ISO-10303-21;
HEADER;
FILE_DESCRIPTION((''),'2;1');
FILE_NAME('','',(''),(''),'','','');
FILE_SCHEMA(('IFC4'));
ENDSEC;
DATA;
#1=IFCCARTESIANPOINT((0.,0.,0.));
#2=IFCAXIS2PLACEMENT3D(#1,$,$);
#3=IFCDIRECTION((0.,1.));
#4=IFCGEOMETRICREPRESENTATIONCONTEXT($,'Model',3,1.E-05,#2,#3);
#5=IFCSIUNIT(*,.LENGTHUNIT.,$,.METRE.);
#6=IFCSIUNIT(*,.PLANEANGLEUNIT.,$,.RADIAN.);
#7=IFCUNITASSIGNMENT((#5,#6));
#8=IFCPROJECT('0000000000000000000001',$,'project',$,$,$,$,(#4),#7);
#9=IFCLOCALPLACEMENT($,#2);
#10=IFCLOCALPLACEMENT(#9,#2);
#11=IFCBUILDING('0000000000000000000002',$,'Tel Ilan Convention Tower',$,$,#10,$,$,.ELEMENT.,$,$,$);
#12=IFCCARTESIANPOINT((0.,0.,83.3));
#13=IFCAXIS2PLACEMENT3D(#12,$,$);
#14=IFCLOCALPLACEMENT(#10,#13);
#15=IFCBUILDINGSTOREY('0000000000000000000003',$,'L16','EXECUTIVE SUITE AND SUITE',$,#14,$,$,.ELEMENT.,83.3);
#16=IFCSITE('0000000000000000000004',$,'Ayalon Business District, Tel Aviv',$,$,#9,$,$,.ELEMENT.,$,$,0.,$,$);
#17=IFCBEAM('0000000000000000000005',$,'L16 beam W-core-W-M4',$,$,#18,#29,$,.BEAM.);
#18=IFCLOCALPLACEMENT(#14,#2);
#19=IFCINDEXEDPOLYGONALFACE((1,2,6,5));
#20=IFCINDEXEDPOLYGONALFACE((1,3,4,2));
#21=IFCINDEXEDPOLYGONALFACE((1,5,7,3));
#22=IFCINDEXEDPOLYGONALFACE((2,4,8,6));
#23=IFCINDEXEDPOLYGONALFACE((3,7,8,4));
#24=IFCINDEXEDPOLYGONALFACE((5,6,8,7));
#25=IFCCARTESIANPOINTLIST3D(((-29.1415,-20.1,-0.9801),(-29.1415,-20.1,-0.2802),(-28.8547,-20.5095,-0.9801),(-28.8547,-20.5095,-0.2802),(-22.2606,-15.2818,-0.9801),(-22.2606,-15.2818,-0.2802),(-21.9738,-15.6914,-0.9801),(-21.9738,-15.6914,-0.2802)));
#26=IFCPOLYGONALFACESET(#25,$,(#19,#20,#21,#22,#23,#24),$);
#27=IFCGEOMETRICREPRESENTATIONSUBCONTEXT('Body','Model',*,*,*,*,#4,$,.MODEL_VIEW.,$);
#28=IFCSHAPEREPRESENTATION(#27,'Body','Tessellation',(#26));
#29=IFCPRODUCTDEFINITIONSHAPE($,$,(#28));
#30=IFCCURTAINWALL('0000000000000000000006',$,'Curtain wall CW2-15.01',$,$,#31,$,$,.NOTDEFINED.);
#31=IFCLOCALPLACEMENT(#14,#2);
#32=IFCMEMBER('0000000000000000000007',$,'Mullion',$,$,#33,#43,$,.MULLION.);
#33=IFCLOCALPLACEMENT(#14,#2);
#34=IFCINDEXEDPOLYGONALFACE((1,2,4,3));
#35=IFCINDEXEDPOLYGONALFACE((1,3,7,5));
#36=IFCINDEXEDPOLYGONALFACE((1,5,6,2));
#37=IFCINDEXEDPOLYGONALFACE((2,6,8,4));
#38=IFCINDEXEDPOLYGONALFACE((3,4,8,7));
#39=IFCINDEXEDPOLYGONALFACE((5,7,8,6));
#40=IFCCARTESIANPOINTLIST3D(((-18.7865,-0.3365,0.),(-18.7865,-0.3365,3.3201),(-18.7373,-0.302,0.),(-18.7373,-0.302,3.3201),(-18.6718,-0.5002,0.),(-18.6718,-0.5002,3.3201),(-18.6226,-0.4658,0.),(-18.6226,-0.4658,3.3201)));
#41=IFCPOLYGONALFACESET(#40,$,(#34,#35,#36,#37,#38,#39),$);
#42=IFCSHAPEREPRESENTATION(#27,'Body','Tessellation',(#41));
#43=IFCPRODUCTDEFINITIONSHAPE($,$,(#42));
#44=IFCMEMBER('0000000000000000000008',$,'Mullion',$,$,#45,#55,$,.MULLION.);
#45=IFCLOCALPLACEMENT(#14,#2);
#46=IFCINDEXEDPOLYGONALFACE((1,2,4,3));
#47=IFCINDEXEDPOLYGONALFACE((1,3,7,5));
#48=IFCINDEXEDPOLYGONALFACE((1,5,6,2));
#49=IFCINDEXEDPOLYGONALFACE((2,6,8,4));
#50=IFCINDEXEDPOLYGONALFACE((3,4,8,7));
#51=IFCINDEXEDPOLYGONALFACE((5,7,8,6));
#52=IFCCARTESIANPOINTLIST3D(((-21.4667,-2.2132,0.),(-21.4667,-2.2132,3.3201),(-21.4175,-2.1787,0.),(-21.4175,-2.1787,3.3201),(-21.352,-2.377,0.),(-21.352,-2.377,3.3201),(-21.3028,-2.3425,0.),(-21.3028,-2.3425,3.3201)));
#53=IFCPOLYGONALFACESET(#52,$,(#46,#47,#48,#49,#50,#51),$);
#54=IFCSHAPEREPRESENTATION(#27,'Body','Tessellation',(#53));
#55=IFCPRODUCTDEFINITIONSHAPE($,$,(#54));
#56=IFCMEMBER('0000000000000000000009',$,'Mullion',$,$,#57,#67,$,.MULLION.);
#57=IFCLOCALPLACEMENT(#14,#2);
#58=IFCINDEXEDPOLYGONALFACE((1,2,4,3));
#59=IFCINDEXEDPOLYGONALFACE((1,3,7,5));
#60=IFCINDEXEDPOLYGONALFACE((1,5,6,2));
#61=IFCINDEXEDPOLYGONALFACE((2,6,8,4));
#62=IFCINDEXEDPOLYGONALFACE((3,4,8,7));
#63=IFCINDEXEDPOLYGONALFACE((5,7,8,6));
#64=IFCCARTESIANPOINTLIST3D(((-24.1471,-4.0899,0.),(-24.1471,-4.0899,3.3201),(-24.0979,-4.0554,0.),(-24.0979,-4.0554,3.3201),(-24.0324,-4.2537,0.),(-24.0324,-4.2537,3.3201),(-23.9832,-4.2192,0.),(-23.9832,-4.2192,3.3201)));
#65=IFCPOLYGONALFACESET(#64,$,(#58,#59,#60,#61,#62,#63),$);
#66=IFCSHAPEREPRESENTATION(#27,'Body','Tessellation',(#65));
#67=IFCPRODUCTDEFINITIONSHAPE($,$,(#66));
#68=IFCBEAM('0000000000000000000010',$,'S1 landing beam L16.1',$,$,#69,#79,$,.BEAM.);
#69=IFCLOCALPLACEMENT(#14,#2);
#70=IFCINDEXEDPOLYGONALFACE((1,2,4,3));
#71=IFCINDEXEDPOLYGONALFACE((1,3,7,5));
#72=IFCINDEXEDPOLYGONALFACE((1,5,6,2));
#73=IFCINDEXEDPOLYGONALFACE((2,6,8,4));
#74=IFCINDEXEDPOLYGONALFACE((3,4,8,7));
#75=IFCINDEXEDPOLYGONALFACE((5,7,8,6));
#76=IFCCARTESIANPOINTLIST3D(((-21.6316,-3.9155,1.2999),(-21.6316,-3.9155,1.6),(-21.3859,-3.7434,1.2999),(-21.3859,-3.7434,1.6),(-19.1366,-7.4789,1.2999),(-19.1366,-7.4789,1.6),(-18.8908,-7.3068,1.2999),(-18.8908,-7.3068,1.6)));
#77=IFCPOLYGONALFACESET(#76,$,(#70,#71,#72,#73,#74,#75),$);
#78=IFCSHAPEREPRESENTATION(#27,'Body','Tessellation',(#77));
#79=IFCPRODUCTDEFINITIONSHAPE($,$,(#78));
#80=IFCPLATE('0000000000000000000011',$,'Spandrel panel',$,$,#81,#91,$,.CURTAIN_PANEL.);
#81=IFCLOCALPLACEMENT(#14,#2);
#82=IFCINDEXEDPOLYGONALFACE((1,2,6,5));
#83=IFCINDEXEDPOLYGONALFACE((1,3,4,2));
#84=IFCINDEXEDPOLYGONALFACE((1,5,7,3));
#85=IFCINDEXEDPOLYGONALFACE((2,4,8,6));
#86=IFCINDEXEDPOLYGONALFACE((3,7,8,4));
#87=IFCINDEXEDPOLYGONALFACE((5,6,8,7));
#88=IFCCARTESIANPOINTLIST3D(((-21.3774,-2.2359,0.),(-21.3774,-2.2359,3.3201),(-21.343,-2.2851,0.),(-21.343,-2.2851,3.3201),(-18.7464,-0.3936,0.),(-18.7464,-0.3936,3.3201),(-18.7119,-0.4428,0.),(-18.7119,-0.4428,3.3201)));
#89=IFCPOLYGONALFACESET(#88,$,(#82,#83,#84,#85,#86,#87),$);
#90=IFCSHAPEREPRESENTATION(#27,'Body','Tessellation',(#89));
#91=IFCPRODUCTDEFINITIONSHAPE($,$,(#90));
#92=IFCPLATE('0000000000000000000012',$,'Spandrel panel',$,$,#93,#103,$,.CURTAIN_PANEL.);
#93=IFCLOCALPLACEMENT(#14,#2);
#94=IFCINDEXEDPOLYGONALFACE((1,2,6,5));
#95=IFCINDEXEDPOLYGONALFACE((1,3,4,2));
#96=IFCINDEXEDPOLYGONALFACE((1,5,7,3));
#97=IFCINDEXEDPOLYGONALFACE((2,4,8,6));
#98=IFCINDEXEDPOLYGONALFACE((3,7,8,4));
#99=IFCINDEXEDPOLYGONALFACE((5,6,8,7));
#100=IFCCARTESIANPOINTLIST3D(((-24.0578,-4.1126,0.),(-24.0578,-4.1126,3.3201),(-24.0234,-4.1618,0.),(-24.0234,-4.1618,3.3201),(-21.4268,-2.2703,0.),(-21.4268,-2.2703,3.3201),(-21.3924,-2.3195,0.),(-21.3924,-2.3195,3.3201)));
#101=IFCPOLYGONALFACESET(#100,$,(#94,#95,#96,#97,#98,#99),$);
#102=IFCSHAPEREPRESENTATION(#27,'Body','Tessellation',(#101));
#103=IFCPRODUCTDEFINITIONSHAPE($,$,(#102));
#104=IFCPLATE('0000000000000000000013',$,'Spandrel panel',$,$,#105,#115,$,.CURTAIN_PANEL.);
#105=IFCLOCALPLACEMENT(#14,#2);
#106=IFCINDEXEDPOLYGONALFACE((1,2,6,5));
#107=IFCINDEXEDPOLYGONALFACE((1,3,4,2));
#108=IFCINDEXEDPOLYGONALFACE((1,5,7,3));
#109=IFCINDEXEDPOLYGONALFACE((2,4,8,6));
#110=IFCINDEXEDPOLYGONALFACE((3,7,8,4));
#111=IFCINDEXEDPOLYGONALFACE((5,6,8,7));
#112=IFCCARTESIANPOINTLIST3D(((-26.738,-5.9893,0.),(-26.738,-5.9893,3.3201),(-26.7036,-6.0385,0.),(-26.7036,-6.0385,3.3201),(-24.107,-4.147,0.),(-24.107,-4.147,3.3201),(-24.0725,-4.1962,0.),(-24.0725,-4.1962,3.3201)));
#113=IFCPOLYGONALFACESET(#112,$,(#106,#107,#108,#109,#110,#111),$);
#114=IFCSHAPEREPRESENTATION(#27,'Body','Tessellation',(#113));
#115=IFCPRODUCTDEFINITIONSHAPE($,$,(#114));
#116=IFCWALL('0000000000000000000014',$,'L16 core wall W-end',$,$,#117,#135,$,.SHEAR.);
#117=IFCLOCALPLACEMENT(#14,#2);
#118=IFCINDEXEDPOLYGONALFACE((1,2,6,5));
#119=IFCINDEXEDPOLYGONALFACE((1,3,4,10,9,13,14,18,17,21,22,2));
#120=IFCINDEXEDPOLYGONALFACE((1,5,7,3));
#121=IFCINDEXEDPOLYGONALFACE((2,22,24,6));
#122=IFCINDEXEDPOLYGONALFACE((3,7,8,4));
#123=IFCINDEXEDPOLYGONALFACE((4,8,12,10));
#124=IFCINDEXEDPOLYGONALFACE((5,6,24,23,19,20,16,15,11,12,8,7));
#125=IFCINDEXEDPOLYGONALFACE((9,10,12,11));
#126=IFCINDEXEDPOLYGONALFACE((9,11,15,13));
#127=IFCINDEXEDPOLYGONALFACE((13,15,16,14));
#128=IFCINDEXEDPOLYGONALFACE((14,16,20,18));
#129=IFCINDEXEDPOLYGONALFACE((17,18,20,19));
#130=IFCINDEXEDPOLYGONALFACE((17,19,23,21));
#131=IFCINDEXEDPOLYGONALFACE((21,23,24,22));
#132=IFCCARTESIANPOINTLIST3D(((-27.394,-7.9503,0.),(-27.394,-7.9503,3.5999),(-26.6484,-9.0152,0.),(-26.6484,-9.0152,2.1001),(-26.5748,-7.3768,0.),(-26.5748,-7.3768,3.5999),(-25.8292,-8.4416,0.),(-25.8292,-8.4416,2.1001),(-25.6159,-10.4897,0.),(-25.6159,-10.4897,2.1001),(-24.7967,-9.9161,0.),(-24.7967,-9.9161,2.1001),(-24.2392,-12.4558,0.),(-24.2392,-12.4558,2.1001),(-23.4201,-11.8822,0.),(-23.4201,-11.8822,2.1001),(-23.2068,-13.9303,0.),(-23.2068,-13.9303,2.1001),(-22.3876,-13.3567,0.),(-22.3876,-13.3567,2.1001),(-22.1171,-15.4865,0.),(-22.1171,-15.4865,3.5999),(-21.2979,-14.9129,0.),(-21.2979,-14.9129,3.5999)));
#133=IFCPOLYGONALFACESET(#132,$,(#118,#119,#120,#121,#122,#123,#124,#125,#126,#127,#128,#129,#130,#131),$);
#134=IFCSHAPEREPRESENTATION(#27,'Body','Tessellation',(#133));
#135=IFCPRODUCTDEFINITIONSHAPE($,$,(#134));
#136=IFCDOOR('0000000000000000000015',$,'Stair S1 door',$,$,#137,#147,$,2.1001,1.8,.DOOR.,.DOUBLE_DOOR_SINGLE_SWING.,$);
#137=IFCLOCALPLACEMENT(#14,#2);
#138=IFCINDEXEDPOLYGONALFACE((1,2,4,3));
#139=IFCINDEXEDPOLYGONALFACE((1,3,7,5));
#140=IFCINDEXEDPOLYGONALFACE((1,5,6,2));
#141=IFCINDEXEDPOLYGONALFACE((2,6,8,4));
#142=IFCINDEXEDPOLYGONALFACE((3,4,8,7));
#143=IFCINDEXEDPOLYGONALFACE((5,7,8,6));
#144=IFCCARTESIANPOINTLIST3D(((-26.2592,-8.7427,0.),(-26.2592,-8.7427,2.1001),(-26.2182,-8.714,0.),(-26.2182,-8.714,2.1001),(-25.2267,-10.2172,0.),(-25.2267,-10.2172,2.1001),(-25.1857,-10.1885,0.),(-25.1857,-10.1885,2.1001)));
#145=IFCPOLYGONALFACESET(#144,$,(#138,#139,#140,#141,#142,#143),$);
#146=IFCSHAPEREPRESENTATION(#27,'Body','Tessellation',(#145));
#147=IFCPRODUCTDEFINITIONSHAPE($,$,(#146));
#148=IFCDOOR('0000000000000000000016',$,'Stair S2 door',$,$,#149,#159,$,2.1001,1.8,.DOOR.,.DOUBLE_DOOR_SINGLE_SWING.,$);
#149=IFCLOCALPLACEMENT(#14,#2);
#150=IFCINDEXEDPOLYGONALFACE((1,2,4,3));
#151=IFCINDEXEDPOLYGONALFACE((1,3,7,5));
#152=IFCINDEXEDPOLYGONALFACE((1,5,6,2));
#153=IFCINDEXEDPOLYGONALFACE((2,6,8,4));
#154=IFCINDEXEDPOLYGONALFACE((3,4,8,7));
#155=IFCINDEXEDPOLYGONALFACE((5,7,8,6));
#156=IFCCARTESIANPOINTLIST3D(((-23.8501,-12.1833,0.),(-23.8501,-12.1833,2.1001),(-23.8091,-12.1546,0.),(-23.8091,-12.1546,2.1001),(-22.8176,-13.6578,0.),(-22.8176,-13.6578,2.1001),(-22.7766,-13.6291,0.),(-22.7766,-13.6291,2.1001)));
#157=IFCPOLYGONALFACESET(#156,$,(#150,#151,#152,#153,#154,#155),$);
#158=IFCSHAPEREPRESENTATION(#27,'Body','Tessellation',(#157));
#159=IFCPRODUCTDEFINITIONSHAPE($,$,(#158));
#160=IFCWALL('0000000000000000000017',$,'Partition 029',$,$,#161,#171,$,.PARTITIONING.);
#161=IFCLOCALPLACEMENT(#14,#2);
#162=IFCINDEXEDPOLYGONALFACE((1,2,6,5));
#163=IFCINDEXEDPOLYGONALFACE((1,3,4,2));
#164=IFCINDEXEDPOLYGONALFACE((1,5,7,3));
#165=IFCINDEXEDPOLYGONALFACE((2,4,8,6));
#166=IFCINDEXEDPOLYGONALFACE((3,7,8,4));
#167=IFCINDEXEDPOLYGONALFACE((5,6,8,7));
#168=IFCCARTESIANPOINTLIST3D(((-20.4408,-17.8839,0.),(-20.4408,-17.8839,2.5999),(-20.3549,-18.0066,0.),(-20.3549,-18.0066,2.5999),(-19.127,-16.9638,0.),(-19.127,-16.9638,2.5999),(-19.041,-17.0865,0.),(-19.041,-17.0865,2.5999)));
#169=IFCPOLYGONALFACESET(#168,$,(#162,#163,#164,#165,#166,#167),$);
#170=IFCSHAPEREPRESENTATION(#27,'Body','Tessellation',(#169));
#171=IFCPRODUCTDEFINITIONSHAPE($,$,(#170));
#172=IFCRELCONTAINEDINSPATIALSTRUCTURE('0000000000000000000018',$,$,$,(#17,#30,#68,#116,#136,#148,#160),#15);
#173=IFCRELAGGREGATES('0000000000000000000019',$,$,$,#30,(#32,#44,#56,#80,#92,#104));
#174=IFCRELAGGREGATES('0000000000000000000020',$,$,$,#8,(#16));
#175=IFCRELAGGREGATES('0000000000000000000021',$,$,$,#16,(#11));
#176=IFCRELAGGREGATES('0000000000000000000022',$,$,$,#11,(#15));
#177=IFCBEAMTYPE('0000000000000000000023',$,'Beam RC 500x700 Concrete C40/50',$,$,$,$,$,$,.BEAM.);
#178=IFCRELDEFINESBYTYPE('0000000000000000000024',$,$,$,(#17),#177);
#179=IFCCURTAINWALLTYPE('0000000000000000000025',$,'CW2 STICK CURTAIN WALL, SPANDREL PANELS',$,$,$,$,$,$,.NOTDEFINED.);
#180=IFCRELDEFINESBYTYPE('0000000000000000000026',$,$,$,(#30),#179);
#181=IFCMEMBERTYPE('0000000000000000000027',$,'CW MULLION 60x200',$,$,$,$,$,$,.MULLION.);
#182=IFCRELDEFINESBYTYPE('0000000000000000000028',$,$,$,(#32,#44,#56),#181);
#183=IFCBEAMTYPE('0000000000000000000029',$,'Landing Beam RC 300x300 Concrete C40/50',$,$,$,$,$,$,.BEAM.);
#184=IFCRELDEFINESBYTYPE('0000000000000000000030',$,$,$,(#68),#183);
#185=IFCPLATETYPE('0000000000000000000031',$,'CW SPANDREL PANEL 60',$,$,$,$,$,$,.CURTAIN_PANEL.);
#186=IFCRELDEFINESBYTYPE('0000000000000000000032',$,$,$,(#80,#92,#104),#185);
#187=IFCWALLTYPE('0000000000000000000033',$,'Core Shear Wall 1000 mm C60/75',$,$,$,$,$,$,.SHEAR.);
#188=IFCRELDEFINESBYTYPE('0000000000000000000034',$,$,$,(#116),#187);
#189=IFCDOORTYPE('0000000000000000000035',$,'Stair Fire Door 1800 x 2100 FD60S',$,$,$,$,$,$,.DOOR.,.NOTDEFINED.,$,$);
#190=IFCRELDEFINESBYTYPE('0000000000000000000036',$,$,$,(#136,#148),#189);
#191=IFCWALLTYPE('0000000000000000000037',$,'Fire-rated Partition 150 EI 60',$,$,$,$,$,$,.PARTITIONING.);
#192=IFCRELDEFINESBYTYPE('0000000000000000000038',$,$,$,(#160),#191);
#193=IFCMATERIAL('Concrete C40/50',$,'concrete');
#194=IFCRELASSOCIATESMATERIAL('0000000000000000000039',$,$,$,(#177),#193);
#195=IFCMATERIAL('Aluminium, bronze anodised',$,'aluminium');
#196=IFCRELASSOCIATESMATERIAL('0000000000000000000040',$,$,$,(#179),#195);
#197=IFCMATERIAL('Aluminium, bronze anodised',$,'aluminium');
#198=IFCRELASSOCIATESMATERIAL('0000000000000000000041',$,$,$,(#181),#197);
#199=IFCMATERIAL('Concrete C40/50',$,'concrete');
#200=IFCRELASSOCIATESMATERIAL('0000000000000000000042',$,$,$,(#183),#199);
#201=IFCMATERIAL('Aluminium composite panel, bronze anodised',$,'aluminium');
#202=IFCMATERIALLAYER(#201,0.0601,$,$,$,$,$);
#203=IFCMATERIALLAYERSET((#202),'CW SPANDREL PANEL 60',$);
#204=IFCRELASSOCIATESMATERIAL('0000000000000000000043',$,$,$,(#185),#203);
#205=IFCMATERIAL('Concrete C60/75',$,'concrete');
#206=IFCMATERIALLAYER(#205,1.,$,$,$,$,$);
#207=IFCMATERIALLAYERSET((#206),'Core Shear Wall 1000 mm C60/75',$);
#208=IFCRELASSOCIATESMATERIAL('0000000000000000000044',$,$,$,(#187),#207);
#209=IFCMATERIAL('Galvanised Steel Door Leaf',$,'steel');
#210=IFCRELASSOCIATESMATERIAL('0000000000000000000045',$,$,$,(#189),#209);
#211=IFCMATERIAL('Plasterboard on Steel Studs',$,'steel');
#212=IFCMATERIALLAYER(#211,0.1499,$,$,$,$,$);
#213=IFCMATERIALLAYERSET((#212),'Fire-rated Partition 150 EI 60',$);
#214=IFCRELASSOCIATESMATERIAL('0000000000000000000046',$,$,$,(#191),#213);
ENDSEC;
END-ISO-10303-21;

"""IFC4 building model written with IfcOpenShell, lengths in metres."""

from ifc_helpers import new_model, si_unit, direction, frame, frame_2d, origin, origin_2d, place, context, subcontext, project, spatial, polyline, rectangle, outline, extrude, material, layer, layer_set, material_profile, profile_set, type_object, element, fill, aggregate, save


model = new_model("IFC4")

# Units and contexts
model_context = context("Model", 3, precision=1e-05, world=origin(), true_north=direction((0.0, 1.0)))
body_context = subcontext(model_context, "Body", "Model", "MODEL_VIEW")
ifc_project = project(units=[si_unit("LENGTHUNIT", "METRE"), si_unit("PLANEANGLEUNIT", "RADIAN")], contexts=[model_context])

# Site, building, storey
site_placement = place(None, origin())
site = spatial("IfcSite", under=ifc_project, at=site_placement, Name="Ayalon Business District, Tel Aviv", CompositionType="ELEMENT", RefElevation=0.0)
building_placement = place(site_placement, origin())
building = spatial("IfcBuilding", under=site, at=building_placement, Name="Tel Ilan Convention Tower", CompositionType="ELEMENT")
storey_placement = place(building_placement, frame((0.0, 0.0, 83.3)))
storey = spatial("IfcBuildingStorey", under=building, at=storey_placement, Name="L16", Description="EXECUTIVE SUITE AND SUITE", CompositionType="ELEMENT", Elevation=83.3)

# Beam
ifc_material_1 = material(Name="Concrete C40/50", Category="concrete")
ifc_material_profile_1 = material_profile(ifc_material_1, rectangle(XDim=0.5, YDim=0.7, at=origin_2d()), Name="RC 500x700")
ifc_profile_set_1 = profile_set([ifc_material_profile_1], Name="Concrete C40/50")
beam_type_1 = type_object("IfcBeamType", Name="Beam RC 500x700 Concrete C40/50", PredefinedType="BEAM", material=ifc_profile_set_1)
beam_1_placement = place(storey_placement, frame((-22.1172, -15.4866, -0.6301), z_axis=(-0.819147, -0.573583, 0.0), x_axis=(0.573583, -0.819147, 0.0)))
element("IfcBeam", 1, at=beam_1_placement, inside=storey, type_object=beam_type_1, Name="L16 beam W-core-W-M4", PredefinedType="BEAM", context=body_context, shape_type="SweptSolid", body=[
    extrude(rectangle(XDim=0.5, YDim=0.7, at=origin_2d()), origin(), (0.0, 0.0, 1.0), 8.4001),
])

# Curtain wall, members
ifc_material_2 = material(Name="Aluminium, bronze anodised", Category="aluminium")
curtain_wall_type = type_object("IfcCurtainWallType", Name="CW2 STICK CURTAIN WALL, SPANDREL PANELS", PredefinedType="NOTDEFINED", material=ifc_material_2)
curtain_wall_placement = place(storey_placement, origin())
curtain_wall = element("IfcCurtainWall", 2, at=curtain_wall_placement, inside=storey, type_object=curtain_wall_type, Name="Curtain wall CW2-15.01", PredefinedType="NOTDEFINED")
ifc_material_3 = material(Name="Aluminium, bronze anodised", Category="aluminium")
ifc_material_profile_2 = material_profile(ifc_material_3, rectangle(XDim=0.0601, YDim=0.2, at=origin_2d()), Name="CW MULLION 60x200")
ifc_profile_set_2 = profile_set([ifc_material_profile_2], Name="Aluminium, bronze anodised")
member_type = type_object("IfcMemberType", Name="CW MULLION 60x200", PredefinedType="MULLION", material=ifc_profile_set_2)
member_1_placement = place(storey_placement, frame((-18.7046, -0.4011, 0.0), z_axis=(0.0, 0.0, 1.0), x_axis=(-0.819152, -0.573576, 0.0)))
member_1 = element("IfcMember", 3, at=member_1_placement, type_object=member_type, Name="Mullion", PredefinedType="MULLION", context=body_context, shape_type="SweptSolid", body=[
    extrude(rectangle(XDim=0.0601, YDim=0.2, at=origin_2d()), origin(), (0.0, 0.0, 1.0), 3.3201),
])
member_2_placement = place(storey_placement, frame((-21.3848, -2.2778, 0.0), z_axis=(0.0, 0.0, 1.0), x_axis=(-0.819152, -0.573576, 0.0)))
member_2 = element("IfcMember", 4, at=member_2_placement, type_object=member_type, Name="Mullion", PredefinedType="MULLION", context=body_context, shape_type="SweptSolid", body=[
    extrude(rectangle(XDim=0.0601, YDim=0.2, at=origin_2d()), origin(), (0.0, 0.0, 1.0), 3.3201),
])
member_3_placement = place(storey_placement, frame((-24.0652, -4.1545, 0.0), z_axis=(0.0, 0.0, 1.0), x_axis=(-0.819152, -0.573576, 0.0)))
member_3 = element("IfcMember", 5, at=member_3_placement, type_object=member_type, Name="Mullion", PredefinedType="MULLION", context=body_context, shape_type="SweptSolid", body=[
    extrude(rectangle(XDim=0.0601, YDim=0.2, at=origin_2d()), origin(), (0.0, 0.0, 1.0), 3.3201),
])

# Beam
ifc_material_4 = material(Name="Concrete C40/50", Category="concrete")
ifc_material_profile_3 = material_profile(ifc_material_4, rectangle(XDim=0.3, YDim=0.3, at=origin_2d()), Name="RC 300x300")
ifc_profile_set_3 = profile_set([ifc_material_profile_3], Name="Concrete C40/50")
beam_type_2 = type_object("IfcBeamType", Name="Landing Beam RC 300x300 Concrete C40/50", PredefinedType="BEAM", material=ifc_profile_set_3)
beam_2_placement = place(storey_placement, frame((-19.0137, -7.3928, 1.45), z_axis=(-0.573568, 0.819158, 0.0), x_axis=(-0.819158, -0.573568, 0.0)))
element("IfcBeam", 6, at=beam_2_placement, inside=storey, type_object=beam_type_2, Name="S1 landing beam L16.1", PredefinedType="BEAM", context=body_context, shape_type="SweptSolid", body=[
    extrude(rectangle(XDim=0.3, YDim=0.3, at=origin_2d()), origin(), (0.0, 0.0, 1.0), 4.3501),
])

# Plates
ifc_material_5 = material(Name="Aluminium composite panel, bronze anodised", Category="aluminium")
ifc_layer_1 = layer(ifc_material_5, 0.0601)
ifc_layer_set_1 = layer_set([ifc_layer_1], Name="CW SPANDREL PANEL 60")
plate_type = type_object("IfcPlateType", Name="CW SPANDREL PANEL 60", PredefinedType="CURTAIN_PANEL", material=ifc_layer_set_1)
plate_1_placement = place(storey_placement, frame((-20.0447, -1.3394, 0.0), z_axis=(0.0, 0.0, 1.0), x_axis=(-0.819152, -0.573576, 0.0)))
plate_1 = element("IfcPlate", 7, at=plate_1_placement, type_object=plate_type, Name="Spandrel panel", PredefinedType="CURTAIN_PANEL", context=body_context, shape_type="SweptSolid", body=[
    extrude(rectangle(XDim=3.2119, YDim=0.0601, at=origin_2d()), origin(), (0.0, 0.0, 1.0), 3.3201),
])
plate_2_placement = place(storey_placement, frame((-22.7251, -3.2161, 0.0), z_axis=(0.0, 0.0, 1.0), x_axis=(-0.819152, -0.573576, 0.0)))
plate_2 = element("IfcPlate", 8, at=plate_2_placement, type_object=plate_type, Name="Spandrel panel", PredefinedType="CURTAIN_PANEL", context=body_context, shape_type="SweptSolid", body=[
    extrude(rectangle(XDim=3.2119, YDim=0.0601, at=origin_2d()), origin(), (0.0, 0.0, 1.0), 3.3201),
])
plate_3_placement = place(storey_placement, frame((-25.4053, -5.0928, 0.0), z_axis=(0.0, 0.0, 1.0), x_axis=(-0.819152, -0.573576, 0.0)))
plate_3 = element("IfcPlate", 9, at=plate_3_placement, type_object=plate_type, Name="Spandrel panel", PredefinedType="CURTAIN_PANEL", context=body_context, shape_type="SweptSolid", body=[
    extrude(rectangle(XDim=3.2119, YDim=0.0601, at=origin_2d()), origin(), (0.0, 0.0, 1.0), 3.3201),
])
aggregate(curtain_wall, [member_1, member_2, member_3, plate_1, plate_2, plate_3])

# Wall, openings, doors
ifc_material_6 = material(Name="Concrete C60/75", Category="concrete")
ifc_layer_2 = layer(ifc_material_6, 1.0)
ifc_layer_set_2 = layer_set([ifc_layer_2], Name="Core Shear Wall 1000 mm C60/75")
wall_type_1 = type_object("IfcWallType", Name="Core Shear Wall 1000 mm C60/75", PredefinedType="SHEAR", material=ifc_layer_set_2)
wall_1_placement = place(storey_placement, frame((-21.7075, -15.1997, 0.0), z_axis=(0.0, 0.0, 1.0), x_axis=(-0.573576, 0.819152, 0.0)))
wall_1 = element("IfcWall", 10, at=wall_1_placement, inside=storey, type_object=wall_type_1, Name="L16 core wall W-end", PredefinedType="SHEAR", context=body_context, shape_type="SweptSolid", body=[
    extrude(outline(polyline([(0.0, 0.5), (0.0, -0.5), (9.2, -0.5), (9.2, 0.5), (0.0, 0.5)])), origin(), (0.0, 0.0, 1.0), 3.5999),
])
opening_1_placement = place(wall_1_placement, frame((6.1001, 0.0, 0.0)))
opening_1 = element("IfcOpeningElement", 11, at=opening_1_placement, cuts=wall_1, PredefinedType="OPENING", context=body_context, shape_type="SweptSolid", body=[
    extrude(rectangle(XDim=1.8, YDim=2.1001, at=frame_2d((0.8999, 1.05))), frame((0.0, 0.51, 0.0), z_axis=(0.0, -1.0, 0.0), x_axis=(1.0, 0.0, 0.0)), (0.0, 0.0, 1.0), 1.02),
])
opening_2_placement = place(wall_1_placement, frame((1.8999, 0.0, 0.0)))
opening_2 = element("IfcOpeningElement", 12, at=opening_2_placement, cuts=wall_1, PredefinedType="OPENING", context=body_context, shape_type="SweptSolid", body=[
    extrude(rectangle(XDim=1.8, YDim=2.1001, at=frame_2d((0.8999, 1.05))), frame((0.0, 0.51, 0.0), z_axis=(0.0, -1.0, 0.0), x_axis=(1.0, 0.0, 0.0)), (0.0, 0.0, 1.0), 1.02),
])
ifc_material_7 = material(Name="Galvanised Steel Door Leaf", Category="steel")
door_type = type_object("IfcDoorType", Name="Stair Fire Door 1800 x 2100 FD60S", OperationType="NOTDEFINED", PredefinedType="DOOR", material=ifc_material_7)
door_1_placement = place(opening_1_placement, origin())
door_1 = element("IfcDoor", 13, at=door_1_placement, inside=storey, type_object=door_type, Name="Stair S1 door", OperationType="DOUBLE_DOOR_SINGLE_SWING", OverallHeight=2.1001, OverallWidth=1.8, PredefinedType="DOOR", context=body_context, shape_type="SweptSolid", body=[
    extrude(rectangle(XDim=1.8, YDim=2.1001, at=frame_2d((0.8999, 1.05))), frame((0.0, 0.0249, 0.0), z_axis=(0.0, -1.0, 0.0), x_axis=(1.0, 0.0, 0.0)), (0.0, 0.0, 1.0), 0.05),
])
fill(opening_1, door_1)
door_2_placement = place(opening_2_placement, origin())
door_2 = element("IfcDoor", 14, at=door_2_placement, inside=storey, type_object=door_type, Name="Stair S2 door", OperationType="DOUBLE_DOOR_SINGLE_SWING", OverallHeight=2.1001, OverallWidth=1.8, PredefinedType="DOOR", context=body_context, shape_type="SweptSolid", body=[
    extrude(rectangle(XDim=1.8, YDim=2.1001, at=frame_2d((0.8999, 1.05))), frame((0.0, 0.0249, 0.0), z_axis=(0.0, -1.0, 0.0), x_axis=(1.0, 0.0, 0.0)), (0.0, 0.0, 1.0), 0.05),
])
fill(opening_2, door_2)

# Wall
ifc_material_8 = material(Name="Plasterboard on Steel Studs", Category="steel")
ifc_layer_3 = layer(ifc_material_8, 0.1499)
ifc_layer_set_3 = layer_set([ifc_layer_3], Name="Fire-rated Partition 150 EI 60")
wall_type_2 = type_object("IfcWallType", Name="Fire-rated Partition 150 EI 60", PredefinedType="PARTITIONING", material=ifc_layer_set_3)
wall_2_placement = place(storey_placement, frame((-19.084, -17.0251, 0.0), z_axis=(0.0, 0.0, 1.0), x_axis=(-0.819118, -0.573626, 0.0)))
element("IfcWall", 15, at=wall_2_placement, inside=storey, type_object=wall_type_2, Name="Partition 029", PredefinedType="PARTITIONING", context=body_context, shape_type="SweptSolid", body=[
    extrude(rectangle(XDim=1.604, YDim=0.1499, at=frame_2d((0.802, 0.0))), origin(), (0.0, 0.0, 1.0), 2.5999),
])

save(model, "model.ifc")
